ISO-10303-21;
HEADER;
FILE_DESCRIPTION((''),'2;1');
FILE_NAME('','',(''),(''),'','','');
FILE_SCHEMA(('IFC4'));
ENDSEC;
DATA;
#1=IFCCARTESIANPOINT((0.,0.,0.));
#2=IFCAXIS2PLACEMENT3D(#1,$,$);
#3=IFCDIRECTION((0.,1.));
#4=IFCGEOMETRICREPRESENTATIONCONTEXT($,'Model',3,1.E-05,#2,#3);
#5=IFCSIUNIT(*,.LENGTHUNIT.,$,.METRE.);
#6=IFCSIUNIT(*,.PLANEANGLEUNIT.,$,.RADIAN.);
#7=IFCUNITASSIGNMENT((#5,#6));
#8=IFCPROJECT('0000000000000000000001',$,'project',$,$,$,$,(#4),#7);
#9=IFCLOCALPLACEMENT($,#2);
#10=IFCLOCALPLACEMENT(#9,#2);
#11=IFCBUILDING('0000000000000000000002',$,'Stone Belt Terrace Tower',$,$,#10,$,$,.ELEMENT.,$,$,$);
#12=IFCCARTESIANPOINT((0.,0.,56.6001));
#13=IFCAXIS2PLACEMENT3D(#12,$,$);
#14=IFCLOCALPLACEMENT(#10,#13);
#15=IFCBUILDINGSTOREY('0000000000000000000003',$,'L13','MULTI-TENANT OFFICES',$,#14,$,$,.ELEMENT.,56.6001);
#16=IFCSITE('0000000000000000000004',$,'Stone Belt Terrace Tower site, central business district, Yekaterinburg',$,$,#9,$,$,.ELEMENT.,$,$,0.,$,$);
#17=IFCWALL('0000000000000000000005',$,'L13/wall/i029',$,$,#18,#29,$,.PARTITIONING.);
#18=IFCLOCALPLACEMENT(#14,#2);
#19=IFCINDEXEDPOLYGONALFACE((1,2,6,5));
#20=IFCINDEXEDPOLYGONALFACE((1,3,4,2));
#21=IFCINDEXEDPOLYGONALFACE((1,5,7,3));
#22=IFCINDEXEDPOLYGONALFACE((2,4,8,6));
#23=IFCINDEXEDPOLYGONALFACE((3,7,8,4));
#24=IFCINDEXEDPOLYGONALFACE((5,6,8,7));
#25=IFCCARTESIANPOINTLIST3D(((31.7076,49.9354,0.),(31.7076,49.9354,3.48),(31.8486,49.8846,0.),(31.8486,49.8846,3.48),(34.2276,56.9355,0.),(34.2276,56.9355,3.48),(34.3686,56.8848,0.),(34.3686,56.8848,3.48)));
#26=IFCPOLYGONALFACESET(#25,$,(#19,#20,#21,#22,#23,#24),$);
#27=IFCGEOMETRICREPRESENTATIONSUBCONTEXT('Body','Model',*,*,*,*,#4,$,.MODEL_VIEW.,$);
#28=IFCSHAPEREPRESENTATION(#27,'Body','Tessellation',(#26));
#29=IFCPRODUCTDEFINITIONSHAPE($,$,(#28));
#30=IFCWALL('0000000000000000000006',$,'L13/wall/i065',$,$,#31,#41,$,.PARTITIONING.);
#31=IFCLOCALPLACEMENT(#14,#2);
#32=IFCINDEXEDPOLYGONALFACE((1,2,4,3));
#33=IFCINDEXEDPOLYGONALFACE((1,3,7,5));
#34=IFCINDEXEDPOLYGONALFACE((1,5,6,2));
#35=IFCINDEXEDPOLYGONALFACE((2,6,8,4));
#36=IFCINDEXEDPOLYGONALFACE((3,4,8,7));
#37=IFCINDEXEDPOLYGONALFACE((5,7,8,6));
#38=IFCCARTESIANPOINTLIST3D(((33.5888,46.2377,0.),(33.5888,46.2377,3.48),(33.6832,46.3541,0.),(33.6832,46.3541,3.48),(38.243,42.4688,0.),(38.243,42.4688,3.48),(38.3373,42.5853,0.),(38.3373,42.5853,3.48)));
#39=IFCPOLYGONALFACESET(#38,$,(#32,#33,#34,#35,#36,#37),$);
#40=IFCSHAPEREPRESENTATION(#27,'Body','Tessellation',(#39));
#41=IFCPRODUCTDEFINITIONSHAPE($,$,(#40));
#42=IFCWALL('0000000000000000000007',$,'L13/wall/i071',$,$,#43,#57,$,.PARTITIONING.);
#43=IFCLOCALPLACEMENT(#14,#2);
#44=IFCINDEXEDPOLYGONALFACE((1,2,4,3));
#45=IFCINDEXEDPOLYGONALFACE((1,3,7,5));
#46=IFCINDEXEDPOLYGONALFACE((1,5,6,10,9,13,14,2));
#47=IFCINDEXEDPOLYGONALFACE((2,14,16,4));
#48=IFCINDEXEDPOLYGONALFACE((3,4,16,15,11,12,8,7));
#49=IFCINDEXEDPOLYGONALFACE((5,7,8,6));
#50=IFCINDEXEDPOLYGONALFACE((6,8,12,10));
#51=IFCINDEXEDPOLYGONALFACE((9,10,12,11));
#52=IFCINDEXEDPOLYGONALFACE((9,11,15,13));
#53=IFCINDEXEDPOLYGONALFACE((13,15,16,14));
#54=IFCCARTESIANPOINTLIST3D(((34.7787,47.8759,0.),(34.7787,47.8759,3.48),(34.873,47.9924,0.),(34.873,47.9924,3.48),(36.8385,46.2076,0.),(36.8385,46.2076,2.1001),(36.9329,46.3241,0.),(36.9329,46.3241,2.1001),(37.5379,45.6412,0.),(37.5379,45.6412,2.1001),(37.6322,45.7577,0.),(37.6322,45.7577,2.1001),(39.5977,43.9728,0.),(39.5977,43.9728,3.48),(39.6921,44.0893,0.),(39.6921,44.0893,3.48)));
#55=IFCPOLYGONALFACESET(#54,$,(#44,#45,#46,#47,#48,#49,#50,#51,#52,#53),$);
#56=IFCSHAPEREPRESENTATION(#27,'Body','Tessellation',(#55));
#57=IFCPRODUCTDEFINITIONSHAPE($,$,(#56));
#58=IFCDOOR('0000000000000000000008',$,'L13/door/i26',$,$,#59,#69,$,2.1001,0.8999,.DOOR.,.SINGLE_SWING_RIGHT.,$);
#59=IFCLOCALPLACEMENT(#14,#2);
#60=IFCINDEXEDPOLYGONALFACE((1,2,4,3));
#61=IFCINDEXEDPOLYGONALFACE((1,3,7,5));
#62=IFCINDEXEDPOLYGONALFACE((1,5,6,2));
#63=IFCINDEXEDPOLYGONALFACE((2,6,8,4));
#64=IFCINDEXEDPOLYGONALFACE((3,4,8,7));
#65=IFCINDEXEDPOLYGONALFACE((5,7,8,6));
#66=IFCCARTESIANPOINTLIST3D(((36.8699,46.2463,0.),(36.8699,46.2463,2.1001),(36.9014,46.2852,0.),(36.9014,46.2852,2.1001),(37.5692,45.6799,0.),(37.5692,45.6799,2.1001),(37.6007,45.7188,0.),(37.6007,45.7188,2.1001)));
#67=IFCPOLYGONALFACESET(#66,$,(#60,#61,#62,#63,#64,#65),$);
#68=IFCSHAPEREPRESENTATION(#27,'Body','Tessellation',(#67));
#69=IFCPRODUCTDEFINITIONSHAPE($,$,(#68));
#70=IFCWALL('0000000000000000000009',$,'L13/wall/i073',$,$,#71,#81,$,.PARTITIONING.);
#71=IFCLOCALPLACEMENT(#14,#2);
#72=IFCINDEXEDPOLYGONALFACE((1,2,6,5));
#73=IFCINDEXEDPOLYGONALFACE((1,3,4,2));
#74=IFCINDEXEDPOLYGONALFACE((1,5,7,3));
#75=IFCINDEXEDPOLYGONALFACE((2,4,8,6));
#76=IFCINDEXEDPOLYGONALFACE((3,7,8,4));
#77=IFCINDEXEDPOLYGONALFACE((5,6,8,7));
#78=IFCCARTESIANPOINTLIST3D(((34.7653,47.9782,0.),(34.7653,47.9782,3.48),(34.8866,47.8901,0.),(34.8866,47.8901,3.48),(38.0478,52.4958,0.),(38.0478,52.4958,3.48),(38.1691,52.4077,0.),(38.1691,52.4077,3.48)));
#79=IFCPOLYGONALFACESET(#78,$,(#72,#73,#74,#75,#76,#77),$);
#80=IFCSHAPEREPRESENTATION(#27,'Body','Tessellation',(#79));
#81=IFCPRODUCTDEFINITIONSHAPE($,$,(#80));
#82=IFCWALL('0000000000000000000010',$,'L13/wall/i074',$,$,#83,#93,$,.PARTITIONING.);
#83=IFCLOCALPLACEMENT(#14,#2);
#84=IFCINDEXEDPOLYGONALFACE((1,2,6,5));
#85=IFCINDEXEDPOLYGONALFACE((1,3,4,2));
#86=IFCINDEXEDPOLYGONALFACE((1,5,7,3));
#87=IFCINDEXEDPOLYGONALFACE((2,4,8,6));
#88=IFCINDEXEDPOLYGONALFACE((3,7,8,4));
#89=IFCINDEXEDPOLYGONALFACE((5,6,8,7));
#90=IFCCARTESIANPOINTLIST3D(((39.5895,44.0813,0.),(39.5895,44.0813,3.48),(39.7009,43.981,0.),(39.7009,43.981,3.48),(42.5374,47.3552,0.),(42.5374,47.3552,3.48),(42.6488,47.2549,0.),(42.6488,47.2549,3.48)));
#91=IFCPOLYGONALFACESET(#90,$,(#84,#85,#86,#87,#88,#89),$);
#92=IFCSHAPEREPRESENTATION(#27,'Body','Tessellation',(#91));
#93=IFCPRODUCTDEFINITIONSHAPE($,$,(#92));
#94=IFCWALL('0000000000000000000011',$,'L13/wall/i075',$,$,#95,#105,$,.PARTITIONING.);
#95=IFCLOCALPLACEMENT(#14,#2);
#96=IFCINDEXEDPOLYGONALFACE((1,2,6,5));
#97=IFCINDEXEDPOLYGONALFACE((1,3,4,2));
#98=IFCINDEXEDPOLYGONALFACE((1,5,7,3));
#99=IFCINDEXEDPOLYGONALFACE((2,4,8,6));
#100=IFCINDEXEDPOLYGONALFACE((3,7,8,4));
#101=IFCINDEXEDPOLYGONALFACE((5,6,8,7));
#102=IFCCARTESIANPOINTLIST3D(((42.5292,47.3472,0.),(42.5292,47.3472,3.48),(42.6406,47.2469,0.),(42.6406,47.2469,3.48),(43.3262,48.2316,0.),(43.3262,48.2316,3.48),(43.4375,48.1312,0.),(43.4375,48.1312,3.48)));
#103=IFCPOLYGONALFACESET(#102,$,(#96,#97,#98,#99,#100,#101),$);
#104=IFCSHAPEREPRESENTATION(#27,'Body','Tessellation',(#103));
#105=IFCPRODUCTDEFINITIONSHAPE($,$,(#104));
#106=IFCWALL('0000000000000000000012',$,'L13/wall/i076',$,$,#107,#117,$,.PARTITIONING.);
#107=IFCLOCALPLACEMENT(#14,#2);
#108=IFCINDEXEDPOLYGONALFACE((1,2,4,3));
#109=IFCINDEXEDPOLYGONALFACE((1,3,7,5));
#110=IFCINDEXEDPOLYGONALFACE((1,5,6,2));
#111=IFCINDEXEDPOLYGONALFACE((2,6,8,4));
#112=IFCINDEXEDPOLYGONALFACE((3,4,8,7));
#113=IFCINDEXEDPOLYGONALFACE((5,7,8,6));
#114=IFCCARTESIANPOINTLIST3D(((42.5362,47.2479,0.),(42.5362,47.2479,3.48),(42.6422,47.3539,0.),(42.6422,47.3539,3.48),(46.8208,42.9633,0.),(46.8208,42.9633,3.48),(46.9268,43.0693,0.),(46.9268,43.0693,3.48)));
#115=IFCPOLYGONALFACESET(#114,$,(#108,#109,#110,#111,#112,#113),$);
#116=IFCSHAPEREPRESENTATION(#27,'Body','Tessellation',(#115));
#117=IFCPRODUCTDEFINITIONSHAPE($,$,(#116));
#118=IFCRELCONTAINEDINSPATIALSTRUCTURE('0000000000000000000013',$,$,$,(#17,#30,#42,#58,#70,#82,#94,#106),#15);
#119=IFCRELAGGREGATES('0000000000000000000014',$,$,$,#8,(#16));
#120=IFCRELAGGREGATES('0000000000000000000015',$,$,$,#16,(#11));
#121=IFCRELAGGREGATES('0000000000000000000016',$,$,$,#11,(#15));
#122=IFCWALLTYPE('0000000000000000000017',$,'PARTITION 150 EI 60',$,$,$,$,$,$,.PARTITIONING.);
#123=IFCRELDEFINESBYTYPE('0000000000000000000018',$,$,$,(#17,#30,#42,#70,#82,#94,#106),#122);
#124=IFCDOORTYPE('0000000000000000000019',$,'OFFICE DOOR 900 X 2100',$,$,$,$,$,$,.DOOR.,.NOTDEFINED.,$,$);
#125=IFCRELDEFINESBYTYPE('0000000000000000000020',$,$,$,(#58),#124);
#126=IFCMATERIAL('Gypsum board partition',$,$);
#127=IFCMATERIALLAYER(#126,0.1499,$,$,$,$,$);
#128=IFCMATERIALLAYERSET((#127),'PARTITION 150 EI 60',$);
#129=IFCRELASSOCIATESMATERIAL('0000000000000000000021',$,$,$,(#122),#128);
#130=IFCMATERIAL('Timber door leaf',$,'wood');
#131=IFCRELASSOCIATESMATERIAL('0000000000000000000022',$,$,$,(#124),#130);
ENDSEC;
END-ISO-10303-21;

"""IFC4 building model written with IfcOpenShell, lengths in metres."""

from ifc_helpers import new_model, si_unit, direction, frame, frame_2d, origin, place, context, subcontext, project, spatial, rectangle, extrude, material, layer, layer_set, type_object, element, fill, save


model = new_model("IFC4")

# Units and contexts
model_context = context("Model", 3, precision=1e-05, world=origin(), true_north=direction((0.0, 1.0)))
body_context = subcontext(model_context, "Body", "Model", "MODEL_VIEW")
ifc_project = project(units=[si_unit("LENGTHUNIT", "METRE"), si_unit("PLANEANGLEUNIT", "RADIAN")], contexts=[model_context])

# Site, building, storey
site_placement = place(None, origin())
site = spatial("IfcSite", under=ifc_project, at=site_placement, Name="Stone Belt Terrace Tower site, central business district, Yekaterinburg", CompositionType="ELEMENT", RefElevation=0.0)
building_placement = place(site_placement, origin())
building = spatial("IfcBuilding", under=site, at=building_placement, Name="Stone Belt Terrace Tower", CompositionType="ELEMENT")
storey_placement = place(building_placement, frame((0.0, 0.0, 56.6001)))
storey = spatial("IfcBuildingStorey", under=building, at=storey_placement, Name="L13", Description="MULTI-TENANT OFFICES", CompositionType="ELEMENT", Elevation=56.6001)

# Walls
ifc_material_1 = material(Name="Gypsum board partition")
ifc_layer_1 = layer(ifc_material_1, 0.1499)
ifc_layer_set_1 = layer_set([ifc_layer_1], Name="PARTITION 150 EI 60")
wall_type = type_object("IfcWallType", Name="PARTITION 150 EI 60", PredefinedType="PARTITIONING", material=ifc_layer_set_1)
wall_1_placement = place(storey_placement, frame((34.2981, 56.9102, 0.0), z_axis=(0.0, 0.0, 1.0), x_axis=(-0.338711, -0.94089, 0.0)))
element("IfcWall", 1, at=wall_1_placement, inside=storey, type_object=wall_type, Name="L13/wall/i029", PredefinedType="PARTITIONING", context=body_context, shape_type="SweptSolid", body=[
    extrude(rectangle(XDim=7.4399, YDim=0.1499, at=frame_2d((3.72, 0.0))), origin(), (0.0, 0.0, 1.0), 3.48),
])
wall_2_placement = place(storey_placement, frame((33.636, 46.2959, 0.0), z_axis=(0.0, 0.0, 1.0), x_axis=(0.777144, -0.629323, 0.0)))
element("IfcWall", 2, at=wall_2_placement, inside=storey, type_object=wall_type, Name="L13/wall/i065", PredefinedType="PARTITIONING", context=body_context, shape_type="SweptSolid", body=[
    extrude(rectangle(XDim=5.9888, YDim=0.1499, at=frame_2d((2.9944, 0.0))), origin(), (0.0, 0.0, 1.0), 3.48),
])

# Wall, opening, door
wall_3_placement = place(storey_placement, frame((34.8259, 47.9341, 0.0), z_axis=(0.0, 0.0, 1.0), x_axis=(0.777094, -0.629384, 0.0)))
wall_3 = element("IfcWall", 3, at=wall_3_placement, inside=storey, type_object=wall_type, Name="L13/wall/i071", PredefinedType="PARTITIONING", context=body_context, shape_type="SweptSolid", body=[
    extrude(rectangle(XDim=6.2014, YDim=0.1499, at=frame_2d((3.1006, 0.0))), origin(), (0.0, 0.0, 1.0), 3.48),
])
opening_placement = place(wall_3_placement, frame((2.6506, 0.0, 0.0)))
opening = element("IfcOpeningElement", 4, at=opening_placement, cuts=wall_3, PredefinedType="OPENING", context=body_context, shape_type="SweptSolid", body=[
    extrude(rectangle(XDim=0.8999, YDim=2.1001, at=frame_2d((0.45, 1.05))), frame((0.0, 0.085, 0.0), z_axis=(0.0, -1.0, 0.0), x_axis=(1.0, 0.0, 0.0)), (0.0, 0.0, 1.0), 0.1699),
])
ifc_material_2 = material(Name="Timber door leaf", Category="wood")
door_type = type_object("IfcDoorType", Name="OFFICE DOOR 900 X 2100", OperationType="NOTDEFINED", PredefinedType="DOOR", material=ifc_material_2)
door_placement = place(opening_placement, origin())
door = element("IfcDoor", 5, at=door_placement, inside=storey, type_object=door_type, Name="L13/door/i26", OperationType="SINGLE_SWING_RIGHT", OverallHeight=2.1001, OverallWidth=0.8999, PredefinedType="DOOR", context=body_context, shape_type="SweptSolid", body=[
    extrude(rectangle(XDim=0.8999, YDim=2.1001, at=frame_2d((0.45, 1.05))), frame((0.0, 0.0249, 0.0), z_axis=(0.0, -1.0, 0.0), x_axis=(1.0, 0.0, 0.0)), (0.0, 0.0, 1.0), 0.05),
])
fill(opening, door)

# Walls
wall_4_placement = place(storey_placement, frame((38.1084, 52.4517, 0.0), z_axis=(0.0, 0.0, 1.0), x_axis=(-0.587815, -0.808995, 0.0)))
element("IfcWall", 6, at=wall_4_placement, inside=storey, type_object=wall_type, Name="L13/wall/i073", PredefinedType="PARTITIONING", context=body_context, shape_type="SweptSolid", body=[
    extrude(rectangle(XDim=5.5842, YDim=0.1499, at=frame_2d((2.792, 0.0))), origin(), (0.0, 0.0, 1.0), 3.48),
])
wall_5_placement = place(storey_placement, frame((42.593, 47.3049, 0.0), z_axis=(0.0, 0.0, 1.0), x_axis=(-0.669148, -0.743129, 0.0)))
element("IfcWall", 7, at=wall_5_placement, inside=storey, type_object=wall_type, Name="L13/wall/i074", PredefinedType="PARTITIONING", context=body_context, shape_type="SweptSolid", body=[
    extrude(rectangle(XDim=4.4055, YDim=0.1499, at=frame_2d((2.2026, 0.0))), origin(), (0.0, 0.0, 1.0), 3.48),
])
wall_6_placement = place(storey_placement, frame((43.3818, 48.1814, 0.0), z_axis=(0.0, 0.0, 1.0), x_axis=(-0.669441, -0.742866, 0.0)))
element("IfcWall", 8, at=wall_6_placement, inside=storey, type_object=wall_type, Name="L13/wall/i075", PredefinedType="PARTITIONING", context=body_context, shape_type="SweptSolid", body=[
    extrude(rectangle(XDim=1.1904, YDim=0.1499, at=frame_2d((0.5952, 0.0))), origin(), (0.0, 0.0, 1.0), 3.48),
])
wall_7_placement = place(storey_placement, frame((42.5891, 47.301, 0.0), z_axis=(0.0, 0.0, 1.0), x_axis=(0.707107, -0.707107, 0.0)))
element("IfcWall", 9, at=wall_7_placement, inside=storey, type_object=wall_type, Name="L13/wall/i076", PredefinedType="PARTITIONING", context=body_context, shape_type="SweptSolid", body=[
    extrude(rectangle(XDim=6.0593, YDim=0.1499, at=frame_2d((3.0298, 0.0))), origin(), (0.0, 0.0, 1.0), 3.48),
])

save(model, "model.ifc")
